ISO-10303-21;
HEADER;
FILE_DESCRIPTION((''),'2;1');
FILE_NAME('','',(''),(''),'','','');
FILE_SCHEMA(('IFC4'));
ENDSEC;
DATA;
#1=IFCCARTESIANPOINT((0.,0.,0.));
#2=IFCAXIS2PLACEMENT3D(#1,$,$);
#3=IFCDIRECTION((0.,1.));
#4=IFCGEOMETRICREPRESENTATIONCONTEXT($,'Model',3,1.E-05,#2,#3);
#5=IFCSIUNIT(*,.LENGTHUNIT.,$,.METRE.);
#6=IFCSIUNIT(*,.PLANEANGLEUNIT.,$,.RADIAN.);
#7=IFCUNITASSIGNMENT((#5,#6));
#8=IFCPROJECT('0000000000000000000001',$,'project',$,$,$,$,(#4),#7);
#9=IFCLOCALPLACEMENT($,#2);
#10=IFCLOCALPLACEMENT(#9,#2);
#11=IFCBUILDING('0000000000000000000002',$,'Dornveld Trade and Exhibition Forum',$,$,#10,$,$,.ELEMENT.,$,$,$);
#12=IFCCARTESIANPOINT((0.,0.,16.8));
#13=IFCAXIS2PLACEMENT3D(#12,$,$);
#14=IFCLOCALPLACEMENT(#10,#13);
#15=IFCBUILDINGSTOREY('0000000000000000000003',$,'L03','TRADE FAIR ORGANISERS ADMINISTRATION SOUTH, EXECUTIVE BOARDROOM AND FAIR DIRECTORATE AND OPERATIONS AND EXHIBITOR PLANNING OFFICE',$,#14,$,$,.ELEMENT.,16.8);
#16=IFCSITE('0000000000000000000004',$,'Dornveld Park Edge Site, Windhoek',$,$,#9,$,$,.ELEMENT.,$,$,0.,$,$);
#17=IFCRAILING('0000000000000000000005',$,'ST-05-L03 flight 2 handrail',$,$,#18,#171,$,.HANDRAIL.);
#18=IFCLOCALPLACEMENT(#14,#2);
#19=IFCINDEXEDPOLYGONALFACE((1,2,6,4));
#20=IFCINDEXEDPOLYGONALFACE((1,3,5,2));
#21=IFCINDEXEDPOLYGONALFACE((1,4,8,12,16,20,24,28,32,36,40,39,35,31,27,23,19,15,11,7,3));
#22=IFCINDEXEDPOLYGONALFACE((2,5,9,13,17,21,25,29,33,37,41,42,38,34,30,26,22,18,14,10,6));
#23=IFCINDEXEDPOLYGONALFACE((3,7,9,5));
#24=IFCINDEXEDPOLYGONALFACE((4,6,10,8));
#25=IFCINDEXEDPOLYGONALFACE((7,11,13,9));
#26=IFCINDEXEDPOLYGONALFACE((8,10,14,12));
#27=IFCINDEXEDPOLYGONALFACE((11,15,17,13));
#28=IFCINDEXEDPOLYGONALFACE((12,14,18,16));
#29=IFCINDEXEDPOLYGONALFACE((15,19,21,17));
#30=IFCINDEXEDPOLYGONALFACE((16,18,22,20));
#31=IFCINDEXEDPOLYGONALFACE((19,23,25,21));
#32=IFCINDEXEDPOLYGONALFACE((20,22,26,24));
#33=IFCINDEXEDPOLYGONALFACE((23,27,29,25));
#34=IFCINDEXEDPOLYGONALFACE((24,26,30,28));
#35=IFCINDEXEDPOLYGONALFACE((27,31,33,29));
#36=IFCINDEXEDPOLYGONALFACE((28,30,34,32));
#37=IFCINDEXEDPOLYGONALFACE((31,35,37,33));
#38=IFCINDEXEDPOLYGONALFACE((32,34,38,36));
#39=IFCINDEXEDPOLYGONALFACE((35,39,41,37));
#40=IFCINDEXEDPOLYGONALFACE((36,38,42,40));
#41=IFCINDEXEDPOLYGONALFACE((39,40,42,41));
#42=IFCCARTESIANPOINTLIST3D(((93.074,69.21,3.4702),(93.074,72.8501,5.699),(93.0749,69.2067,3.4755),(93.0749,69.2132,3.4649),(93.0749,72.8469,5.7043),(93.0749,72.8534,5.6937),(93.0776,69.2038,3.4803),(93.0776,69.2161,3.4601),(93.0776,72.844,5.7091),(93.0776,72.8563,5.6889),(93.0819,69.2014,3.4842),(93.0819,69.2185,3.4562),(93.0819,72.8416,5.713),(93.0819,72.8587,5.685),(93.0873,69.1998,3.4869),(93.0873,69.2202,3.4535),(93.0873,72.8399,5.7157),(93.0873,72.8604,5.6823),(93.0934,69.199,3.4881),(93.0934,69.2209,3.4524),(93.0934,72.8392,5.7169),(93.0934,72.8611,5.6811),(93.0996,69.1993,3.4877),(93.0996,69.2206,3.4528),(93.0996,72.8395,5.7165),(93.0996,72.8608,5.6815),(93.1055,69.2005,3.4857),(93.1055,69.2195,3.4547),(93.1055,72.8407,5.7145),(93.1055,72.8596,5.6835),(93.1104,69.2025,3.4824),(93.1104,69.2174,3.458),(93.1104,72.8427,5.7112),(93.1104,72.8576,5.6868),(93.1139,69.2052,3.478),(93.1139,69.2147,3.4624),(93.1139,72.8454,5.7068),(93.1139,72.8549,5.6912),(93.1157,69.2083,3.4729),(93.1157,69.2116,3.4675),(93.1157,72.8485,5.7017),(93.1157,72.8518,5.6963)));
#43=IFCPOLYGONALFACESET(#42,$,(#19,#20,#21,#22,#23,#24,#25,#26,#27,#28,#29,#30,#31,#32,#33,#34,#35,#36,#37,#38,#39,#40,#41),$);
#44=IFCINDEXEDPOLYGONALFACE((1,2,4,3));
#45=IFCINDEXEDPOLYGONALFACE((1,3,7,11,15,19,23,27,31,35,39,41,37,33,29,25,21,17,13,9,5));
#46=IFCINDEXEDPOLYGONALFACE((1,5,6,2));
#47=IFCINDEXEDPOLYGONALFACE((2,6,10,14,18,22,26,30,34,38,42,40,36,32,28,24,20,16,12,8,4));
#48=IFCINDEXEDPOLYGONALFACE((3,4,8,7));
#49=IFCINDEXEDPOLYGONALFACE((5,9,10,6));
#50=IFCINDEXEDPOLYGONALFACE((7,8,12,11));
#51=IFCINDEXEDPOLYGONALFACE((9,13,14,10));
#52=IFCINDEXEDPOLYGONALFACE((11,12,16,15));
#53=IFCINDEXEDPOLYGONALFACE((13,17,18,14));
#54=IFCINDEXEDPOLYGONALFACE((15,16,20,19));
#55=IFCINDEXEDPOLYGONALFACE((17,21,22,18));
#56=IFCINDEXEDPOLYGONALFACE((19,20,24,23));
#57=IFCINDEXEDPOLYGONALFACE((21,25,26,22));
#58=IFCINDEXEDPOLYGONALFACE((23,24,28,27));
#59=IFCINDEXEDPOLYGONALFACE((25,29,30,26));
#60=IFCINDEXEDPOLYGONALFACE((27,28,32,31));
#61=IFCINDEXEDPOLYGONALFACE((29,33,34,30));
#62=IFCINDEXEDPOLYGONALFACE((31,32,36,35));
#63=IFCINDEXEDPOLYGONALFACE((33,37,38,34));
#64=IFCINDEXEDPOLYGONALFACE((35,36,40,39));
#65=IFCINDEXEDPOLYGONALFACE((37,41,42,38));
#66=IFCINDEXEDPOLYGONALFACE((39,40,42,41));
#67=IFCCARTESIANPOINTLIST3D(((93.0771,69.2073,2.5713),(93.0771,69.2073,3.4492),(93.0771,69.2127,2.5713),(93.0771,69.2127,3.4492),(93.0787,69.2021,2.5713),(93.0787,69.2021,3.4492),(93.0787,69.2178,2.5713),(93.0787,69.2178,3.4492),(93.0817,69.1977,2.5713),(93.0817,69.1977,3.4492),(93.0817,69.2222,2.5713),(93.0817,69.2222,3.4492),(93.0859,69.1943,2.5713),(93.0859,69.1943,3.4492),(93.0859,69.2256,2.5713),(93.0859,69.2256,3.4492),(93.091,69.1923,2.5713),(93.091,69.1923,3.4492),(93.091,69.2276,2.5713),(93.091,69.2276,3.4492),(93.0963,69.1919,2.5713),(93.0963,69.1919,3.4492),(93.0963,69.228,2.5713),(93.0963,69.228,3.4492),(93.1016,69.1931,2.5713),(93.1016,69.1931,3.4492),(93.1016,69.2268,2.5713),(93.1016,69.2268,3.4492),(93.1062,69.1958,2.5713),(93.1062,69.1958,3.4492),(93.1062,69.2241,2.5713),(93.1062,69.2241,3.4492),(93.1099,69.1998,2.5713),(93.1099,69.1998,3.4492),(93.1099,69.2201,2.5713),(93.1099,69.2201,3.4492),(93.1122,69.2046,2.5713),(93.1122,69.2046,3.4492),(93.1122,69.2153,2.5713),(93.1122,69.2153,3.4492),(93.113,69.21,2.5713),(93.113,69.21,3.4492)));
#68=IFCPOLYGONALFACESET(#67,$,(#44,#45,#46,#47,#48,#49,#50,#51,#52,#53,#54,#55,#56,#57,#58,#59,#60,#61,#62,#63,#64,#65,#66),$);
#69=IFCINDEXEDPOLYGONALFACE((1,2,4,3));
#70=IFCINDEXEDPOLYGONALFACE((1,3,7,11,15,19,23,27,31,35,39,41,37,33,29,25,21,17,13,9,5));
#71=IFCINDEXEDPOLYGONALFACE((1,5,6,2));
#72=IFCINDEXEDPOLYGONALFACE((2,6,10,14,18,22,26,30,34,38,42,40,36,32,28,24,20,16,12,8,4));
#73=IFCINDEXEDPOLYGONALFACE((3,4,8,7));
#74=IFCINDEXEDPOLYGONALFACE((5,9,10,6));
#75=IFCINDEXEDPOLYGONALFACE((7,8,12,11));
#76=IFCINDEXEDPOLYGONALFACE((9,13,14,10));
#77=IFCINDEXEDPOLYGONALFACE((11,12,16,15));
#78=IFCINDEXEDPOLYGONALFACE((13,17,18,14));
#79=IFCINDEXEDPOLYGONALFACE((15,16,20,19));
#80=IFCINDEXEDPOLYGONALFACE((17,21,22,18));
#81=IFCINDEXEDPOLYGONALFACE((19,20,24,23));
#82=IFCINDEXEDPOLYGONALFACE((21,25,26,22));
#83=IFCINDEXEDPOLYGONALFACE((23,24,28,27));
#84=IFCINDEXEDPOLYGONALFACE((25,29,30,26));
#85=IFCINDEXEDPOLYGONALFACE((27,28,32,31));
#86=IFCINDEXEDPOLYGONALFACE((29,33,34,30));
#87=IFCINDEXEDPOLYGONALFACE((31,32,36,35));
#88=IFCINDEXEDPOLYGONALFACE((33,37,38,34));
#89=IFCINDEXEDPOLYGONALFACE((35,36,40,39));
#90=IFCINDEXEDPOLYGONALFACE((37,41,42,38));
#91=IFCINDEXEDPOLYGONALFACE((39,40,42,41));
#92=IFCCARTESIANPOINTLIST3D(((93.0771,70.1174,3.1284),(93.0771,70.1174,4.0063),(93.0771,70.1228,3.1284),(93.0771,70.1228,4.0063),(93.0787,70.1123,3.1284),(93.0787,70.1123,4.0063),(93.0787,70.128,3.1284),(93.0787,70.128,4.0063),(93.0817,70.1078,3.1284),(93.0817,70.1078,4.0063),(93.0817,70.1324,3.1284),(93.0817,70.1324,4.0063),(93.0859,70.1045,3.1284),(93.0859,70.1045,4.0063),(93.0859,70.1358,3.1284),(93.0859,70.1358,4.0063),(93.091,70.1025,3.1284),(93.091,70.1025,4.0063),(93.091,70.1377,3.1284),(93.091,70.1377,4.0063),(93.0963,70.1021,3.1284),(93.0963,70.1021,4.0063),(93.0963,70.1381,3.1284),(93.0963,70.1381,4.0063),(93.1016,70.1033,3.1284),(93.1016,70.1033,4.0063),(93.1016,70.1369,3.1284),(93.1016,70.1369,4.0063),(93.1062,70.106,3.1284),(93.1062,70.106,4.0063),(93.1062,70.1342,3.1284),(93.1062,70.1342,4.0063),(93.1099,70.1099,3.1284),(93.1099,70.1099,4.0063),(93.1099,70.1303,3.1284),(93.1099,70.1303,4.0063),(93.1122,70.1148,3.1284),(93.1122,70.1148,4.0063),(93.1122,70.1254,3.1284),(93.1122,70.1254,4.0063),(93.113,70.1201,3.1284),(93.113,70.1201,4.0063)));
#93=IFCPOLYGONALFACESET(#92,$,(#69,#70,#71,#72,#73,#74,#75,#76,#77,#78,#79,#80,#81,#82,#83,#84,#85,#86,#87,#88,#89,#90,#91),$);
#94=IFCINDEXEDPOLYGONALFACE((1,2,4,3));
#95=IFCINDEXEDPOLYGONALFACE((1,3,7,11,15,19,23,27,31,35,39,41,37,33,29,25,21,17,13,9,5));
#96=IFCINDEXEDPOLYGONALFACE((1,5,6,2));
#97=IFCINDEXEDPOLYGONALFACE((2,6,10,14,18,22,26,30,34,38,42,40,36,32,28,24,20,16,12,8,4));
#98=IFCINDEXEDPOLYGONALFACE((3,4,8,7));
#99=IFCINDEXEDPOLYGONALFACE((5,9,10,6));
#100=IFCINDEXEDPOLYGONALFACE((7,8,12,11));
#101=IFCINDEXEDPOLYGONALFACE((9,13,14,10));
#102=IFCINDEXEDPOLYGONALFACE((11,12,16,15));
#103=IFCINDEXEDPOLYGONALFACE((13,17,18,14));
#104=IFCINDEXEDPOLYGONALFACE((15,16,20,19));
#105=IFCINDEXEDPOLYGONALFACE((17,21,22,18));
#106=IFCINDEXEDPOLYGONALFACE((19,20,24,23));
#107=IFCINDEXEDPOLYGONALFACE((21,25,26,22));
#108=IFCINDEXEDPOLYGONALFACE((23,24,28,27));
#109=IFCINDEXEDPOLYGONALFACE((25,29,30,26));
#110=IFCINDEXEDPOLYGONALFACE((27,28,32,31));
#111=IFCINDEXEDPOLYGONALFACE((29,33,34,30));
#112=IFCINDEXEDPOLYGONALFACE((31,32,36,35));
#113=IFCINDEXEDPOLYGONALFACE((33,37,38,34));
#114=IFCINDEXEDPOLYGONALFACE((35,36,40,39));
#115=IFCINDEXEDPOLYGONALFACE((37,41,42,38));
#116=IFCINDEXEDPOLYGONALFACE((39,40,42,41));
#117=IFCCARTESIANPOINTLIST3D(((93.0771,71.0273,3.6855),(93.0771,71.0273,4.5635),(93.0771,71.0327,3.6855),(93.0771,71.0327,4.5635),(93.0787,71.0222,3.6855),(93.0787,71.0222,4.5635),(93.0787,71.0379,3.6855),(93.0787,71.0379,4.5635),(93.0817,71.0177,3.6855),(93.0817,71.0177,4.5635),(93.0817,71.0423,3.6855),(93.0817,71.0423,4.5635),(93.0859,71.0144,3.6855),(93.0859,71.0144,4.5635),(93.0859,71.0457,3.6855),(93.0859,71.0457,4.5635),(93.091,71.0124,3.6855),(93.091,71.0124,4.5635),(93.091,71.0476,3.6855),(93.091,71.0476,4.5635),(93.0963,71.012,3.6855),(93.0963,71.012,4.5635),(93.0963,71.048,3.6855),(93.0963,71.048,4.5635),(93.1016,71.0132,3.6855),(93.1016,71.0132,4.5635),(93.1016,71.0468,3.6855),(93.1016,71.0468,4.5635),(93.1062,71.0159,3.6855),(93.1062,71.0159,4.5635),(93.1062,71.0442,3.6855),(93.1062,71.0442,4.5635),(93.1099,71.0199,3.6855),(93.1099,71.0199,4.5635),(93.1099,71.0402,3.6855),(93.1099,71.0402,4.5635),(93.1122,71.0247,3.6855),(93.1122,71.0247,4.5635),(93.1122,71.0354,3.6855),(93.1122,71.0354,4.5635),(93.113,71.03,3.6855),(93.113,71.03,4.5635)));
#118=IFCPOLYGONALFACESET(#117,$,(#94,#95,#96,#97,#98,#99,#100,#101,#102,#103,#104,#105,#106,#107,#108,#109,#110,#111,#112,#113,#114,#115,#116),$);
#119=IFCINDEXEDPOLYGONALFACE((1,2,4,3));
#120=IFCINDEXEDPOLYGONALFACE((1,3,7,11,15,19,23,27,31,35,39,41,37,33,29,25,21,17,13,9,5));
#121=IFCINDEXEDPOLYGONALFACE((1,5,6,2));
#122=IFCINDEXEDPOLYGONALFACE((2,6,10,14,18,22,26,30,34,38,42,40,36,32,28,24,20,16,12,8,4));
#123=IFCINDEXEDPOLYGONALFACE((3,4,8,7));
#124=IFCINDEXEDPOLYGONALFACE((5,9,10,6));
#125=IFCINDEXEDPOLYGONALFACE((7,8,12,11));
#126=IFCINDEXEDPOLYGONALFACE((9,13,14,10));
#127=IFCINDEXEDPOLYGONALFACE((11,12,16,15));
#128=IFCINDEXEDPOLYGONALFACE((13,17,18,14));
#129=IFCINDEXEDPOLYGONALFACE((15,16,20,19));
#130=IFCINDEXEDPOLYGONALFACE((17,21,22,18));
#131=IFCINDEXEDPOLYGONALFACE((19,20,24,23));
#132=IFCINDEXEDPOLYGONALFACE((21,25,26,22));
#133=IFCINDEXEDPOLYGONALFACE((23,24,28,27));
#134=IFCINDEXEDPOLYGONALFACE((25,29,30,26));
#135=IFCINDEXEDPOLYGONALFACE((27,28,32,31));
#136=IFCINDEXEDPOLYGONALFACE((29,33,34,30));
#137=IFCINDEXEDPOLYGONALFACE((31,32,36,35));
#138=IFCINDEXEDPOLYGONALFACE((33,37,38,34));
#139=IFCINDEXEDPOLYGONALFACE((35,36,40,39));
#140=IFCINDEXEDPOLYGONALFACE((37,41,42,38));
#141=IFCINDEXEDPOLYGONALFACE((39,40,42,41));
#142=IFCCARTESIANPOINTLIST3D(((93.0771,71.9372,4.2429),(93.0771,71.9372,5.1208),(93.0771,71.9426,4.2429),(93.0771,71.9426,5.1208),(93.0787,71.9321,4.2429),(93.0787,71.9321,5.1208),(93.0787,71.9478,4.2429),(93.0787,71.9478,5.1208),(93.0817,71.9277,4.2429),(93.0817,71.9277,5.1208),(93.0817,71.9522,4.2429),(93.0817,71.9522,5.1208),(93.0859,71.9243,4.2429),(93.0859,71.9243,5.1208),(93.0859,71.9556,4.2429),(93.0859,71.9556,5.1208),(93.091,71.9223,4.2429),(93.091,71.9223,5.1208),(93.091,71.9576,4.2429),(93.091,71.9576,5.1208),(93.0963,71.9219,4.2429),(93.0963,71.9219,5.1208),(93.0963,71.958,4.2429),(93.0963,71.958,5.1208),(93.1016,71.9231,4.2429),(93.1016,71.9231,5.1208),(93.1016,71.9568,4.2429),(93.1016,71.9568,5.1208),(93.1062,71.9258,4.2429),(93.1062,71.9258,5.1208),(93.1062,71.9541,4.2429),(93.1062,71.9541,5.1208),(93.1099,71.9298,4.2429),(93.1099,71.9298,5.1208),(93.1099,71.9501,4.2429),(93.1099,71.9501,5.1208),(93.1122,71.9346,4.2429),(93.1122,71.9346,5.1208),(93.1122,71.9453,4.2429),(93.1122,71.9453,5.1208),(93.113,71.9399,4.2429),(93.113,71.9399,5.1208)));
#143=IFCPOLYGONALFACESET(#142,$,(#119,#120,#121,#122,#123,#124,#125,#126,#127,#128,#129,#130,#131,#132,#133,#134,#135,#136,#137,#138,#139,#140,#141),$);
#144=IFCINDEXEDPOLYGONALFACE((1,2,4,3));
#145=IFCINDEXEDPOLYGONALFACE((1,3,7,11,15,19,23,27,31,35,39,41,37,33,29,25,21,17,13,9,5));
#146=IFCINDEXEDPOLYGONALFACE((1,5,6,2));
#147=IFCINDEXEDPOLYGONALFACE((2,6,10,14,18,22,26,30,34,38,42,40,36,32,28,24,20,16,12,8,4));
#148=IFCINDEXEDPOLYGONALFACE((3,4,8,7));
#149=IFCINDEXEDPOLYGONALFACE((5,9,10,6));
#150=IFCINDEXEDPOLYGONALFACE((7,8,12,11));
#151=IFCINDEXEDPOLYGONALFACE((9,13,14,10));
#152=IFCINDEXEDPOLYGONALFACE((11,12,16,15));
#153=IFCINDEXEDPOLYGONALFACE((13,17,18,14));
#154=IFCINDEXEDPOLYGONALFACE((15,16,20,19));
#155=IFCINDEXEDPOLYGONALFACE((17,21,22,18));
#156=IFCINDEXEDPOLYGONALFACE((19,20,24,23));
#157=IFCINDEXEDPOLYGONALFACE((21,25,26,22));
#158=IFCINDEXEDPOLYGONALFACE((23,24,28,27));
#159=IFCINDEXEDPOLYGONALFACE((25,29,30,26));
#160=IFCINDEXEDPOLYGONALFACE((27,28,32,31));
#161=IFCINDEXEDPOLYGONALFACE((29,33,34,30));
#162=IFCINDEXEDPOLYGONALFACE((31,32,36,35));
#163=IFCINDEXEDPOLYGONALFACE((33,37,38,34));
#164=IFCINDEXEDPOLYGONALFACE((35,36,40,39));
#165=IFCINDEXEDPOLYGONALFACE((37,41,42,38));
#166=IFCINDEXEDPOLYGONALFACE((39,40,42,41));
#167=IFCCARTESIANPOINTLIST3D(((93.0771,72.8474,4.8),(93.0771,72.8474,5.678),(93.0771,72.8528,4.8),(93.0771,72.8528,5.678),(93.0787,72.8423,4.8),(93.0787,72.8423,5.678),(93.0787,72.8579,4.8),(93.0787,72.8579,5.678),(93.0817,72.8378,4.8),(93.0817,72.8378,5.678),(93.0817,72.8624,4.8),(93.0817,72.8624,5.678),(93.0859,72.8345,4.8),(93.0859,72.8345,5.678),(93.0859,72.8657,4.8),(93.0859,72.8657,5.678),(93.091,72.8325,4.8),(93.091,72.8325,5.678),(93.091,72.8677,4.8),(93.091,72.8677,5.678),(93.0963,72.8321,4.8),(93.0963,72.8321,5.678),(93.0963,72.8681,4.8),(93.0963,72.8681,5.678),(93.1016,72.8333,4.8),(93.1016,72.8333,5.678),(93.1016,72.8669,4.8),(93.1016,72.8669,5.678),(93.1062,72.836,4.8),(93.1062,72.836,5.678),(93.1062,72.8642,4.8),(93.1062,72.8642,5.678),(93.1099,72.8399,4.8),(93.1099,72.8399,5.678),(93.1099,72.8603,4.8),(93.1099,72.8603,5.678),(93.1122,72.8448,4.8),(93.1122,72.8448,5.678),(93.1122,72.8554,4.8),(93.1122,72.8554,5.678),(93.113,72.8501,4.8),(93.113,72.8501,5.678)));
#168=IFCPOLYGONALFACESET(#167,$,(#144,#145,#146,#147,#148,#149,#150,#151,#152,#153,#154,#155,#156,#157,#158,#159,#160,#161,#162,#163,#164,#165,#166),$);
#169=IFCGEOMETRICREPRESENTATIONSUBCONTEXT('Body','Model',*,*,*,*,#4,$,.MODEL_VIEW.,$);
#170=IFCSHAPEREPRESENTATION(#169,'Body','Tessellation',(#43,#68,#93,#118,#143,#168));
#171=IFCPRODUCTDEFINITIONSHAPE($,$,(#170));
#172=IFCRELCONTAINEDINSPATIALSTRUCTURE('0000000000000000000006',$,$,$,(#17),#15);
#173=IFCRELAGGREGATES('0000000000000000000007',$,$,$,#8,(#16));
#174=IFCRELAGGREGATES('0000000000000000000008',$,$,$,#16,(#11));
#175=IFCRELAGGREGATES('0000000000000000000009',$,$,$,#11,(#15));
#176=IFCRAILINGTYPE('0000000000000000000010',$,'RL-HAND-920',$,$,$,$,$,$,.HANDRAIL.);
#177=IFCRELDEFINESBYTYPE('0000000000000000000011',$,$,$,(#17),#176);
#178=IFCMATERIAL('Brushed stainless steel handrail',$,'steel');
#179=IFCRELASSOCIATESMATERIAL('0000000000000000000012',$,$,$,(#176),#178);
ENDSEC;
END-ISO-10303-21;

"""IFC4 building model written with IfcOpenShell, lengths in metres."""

from ifc_helpers import new_model, si_unit, direction, frame, origin, origin_2d, place, context, subcontext, project, spatial, circle, extrude, material, type_object, element, save


model = new_model("IFC4")

# Units and contexts
model_context = context("Model", 3, precision=1e-05, world=origin(), true_north=direction((0.0, 1.0)))
body_context = subcontext(model_context, "Body", "Model", "MODEL_VIEW")
ifc_project = project(units=[si_unit("LENGTHUNIT", "METRE"), si_unit("PLANEANGLEUNIT", "RADIAN")], contexts=[model_context])

# Site, building, storey
site_placement = place(None, origin())
site = spatial("IfcSite", under=ifc_project, at=site_placement, Name="Dornveld Park Edge Site, Windhoek", CompositionType="ELEMENT", RefElevation=0.0)
building_placement = place(site_placement, origin())
building = spatial("IfcBuilding", under=site, at=building_placement, Name="Dornveld Trade and Exhibition Forum", CompositionType="ELEMENT")
storey_placement = place(building_placement, frame((0.0, 0.0, 16.8)))
storey = spatial("IfcBuildingStorey", under=building, at=storey_placement, Name="L03", Description="TRADE FAIR ORGANISERS ADMINISTRATION SOUTH, EXECUTIVE BOARDROOM AND FAIR DIRECTORATE AND OPERATIONS AND EXHIBITOR PLANNING OFFICE", CompositionType="ELEMENT", Elevation=16.8)

# Railing
ifc_material_1 = material(Name="Brushed stainless steel handrail", Category="steel")
railing_type_1 = type_object("IfcRailingType", Name="RL-HAND-920", PredefinedType="HANDRAIL", material=ifc_material_1)
railing_1_placement = place(storey_placement, frame((93.095, 69.21, 2.5713)))
element("IfcRailing", 1, at=railing_1_placement, inside=storey, type_object=railing_type_1, Name="ST-05-L03 flight 2 handrail", PredefinedType="HANDRAIL", context=body_context, shape_type="SweptSolid", body=[
    extrude(circle(Radius=0.021, at=origin_2d()), frame((0.0, 0.0, 0.8989), z_axis=(0.0, 0.85284, 0.522172), x_axis=(-1.0, 0.0, 0.0)), (0.0, 0.0, 1.0), 4.2683),
    extrude(circle(Radius=0.0181, at=origin_2d()), origin(), (0.0, 0.0, 1.0), 0.8779),
    extrude(circle(Radius=0.0181, at=origin_2d()), frame((0.0, 0.9102, 0.5571)), (0.0, 0.0, 1.0), 0.8779),
    extrude(circle(Radius=0.0181, at=origin_2d()), frame((0.0, 1.8201, 1.1143)), (0.0, 0.0, 1.0), 0.8779),
    extrude(circle(Radius=0.0181, at=origin_2d()), frame((0.0, 2.73, 1.6716)), (0.0, 0.0, 1.0), 0.8779),
    extrude(circle(Radius=0.0181, at=origin_2d()), frame((0.0, 3.6401, 2.2288)), (0.0, 0.0, 1.0), 0.8779),
])

save(model, "model.ifc")
